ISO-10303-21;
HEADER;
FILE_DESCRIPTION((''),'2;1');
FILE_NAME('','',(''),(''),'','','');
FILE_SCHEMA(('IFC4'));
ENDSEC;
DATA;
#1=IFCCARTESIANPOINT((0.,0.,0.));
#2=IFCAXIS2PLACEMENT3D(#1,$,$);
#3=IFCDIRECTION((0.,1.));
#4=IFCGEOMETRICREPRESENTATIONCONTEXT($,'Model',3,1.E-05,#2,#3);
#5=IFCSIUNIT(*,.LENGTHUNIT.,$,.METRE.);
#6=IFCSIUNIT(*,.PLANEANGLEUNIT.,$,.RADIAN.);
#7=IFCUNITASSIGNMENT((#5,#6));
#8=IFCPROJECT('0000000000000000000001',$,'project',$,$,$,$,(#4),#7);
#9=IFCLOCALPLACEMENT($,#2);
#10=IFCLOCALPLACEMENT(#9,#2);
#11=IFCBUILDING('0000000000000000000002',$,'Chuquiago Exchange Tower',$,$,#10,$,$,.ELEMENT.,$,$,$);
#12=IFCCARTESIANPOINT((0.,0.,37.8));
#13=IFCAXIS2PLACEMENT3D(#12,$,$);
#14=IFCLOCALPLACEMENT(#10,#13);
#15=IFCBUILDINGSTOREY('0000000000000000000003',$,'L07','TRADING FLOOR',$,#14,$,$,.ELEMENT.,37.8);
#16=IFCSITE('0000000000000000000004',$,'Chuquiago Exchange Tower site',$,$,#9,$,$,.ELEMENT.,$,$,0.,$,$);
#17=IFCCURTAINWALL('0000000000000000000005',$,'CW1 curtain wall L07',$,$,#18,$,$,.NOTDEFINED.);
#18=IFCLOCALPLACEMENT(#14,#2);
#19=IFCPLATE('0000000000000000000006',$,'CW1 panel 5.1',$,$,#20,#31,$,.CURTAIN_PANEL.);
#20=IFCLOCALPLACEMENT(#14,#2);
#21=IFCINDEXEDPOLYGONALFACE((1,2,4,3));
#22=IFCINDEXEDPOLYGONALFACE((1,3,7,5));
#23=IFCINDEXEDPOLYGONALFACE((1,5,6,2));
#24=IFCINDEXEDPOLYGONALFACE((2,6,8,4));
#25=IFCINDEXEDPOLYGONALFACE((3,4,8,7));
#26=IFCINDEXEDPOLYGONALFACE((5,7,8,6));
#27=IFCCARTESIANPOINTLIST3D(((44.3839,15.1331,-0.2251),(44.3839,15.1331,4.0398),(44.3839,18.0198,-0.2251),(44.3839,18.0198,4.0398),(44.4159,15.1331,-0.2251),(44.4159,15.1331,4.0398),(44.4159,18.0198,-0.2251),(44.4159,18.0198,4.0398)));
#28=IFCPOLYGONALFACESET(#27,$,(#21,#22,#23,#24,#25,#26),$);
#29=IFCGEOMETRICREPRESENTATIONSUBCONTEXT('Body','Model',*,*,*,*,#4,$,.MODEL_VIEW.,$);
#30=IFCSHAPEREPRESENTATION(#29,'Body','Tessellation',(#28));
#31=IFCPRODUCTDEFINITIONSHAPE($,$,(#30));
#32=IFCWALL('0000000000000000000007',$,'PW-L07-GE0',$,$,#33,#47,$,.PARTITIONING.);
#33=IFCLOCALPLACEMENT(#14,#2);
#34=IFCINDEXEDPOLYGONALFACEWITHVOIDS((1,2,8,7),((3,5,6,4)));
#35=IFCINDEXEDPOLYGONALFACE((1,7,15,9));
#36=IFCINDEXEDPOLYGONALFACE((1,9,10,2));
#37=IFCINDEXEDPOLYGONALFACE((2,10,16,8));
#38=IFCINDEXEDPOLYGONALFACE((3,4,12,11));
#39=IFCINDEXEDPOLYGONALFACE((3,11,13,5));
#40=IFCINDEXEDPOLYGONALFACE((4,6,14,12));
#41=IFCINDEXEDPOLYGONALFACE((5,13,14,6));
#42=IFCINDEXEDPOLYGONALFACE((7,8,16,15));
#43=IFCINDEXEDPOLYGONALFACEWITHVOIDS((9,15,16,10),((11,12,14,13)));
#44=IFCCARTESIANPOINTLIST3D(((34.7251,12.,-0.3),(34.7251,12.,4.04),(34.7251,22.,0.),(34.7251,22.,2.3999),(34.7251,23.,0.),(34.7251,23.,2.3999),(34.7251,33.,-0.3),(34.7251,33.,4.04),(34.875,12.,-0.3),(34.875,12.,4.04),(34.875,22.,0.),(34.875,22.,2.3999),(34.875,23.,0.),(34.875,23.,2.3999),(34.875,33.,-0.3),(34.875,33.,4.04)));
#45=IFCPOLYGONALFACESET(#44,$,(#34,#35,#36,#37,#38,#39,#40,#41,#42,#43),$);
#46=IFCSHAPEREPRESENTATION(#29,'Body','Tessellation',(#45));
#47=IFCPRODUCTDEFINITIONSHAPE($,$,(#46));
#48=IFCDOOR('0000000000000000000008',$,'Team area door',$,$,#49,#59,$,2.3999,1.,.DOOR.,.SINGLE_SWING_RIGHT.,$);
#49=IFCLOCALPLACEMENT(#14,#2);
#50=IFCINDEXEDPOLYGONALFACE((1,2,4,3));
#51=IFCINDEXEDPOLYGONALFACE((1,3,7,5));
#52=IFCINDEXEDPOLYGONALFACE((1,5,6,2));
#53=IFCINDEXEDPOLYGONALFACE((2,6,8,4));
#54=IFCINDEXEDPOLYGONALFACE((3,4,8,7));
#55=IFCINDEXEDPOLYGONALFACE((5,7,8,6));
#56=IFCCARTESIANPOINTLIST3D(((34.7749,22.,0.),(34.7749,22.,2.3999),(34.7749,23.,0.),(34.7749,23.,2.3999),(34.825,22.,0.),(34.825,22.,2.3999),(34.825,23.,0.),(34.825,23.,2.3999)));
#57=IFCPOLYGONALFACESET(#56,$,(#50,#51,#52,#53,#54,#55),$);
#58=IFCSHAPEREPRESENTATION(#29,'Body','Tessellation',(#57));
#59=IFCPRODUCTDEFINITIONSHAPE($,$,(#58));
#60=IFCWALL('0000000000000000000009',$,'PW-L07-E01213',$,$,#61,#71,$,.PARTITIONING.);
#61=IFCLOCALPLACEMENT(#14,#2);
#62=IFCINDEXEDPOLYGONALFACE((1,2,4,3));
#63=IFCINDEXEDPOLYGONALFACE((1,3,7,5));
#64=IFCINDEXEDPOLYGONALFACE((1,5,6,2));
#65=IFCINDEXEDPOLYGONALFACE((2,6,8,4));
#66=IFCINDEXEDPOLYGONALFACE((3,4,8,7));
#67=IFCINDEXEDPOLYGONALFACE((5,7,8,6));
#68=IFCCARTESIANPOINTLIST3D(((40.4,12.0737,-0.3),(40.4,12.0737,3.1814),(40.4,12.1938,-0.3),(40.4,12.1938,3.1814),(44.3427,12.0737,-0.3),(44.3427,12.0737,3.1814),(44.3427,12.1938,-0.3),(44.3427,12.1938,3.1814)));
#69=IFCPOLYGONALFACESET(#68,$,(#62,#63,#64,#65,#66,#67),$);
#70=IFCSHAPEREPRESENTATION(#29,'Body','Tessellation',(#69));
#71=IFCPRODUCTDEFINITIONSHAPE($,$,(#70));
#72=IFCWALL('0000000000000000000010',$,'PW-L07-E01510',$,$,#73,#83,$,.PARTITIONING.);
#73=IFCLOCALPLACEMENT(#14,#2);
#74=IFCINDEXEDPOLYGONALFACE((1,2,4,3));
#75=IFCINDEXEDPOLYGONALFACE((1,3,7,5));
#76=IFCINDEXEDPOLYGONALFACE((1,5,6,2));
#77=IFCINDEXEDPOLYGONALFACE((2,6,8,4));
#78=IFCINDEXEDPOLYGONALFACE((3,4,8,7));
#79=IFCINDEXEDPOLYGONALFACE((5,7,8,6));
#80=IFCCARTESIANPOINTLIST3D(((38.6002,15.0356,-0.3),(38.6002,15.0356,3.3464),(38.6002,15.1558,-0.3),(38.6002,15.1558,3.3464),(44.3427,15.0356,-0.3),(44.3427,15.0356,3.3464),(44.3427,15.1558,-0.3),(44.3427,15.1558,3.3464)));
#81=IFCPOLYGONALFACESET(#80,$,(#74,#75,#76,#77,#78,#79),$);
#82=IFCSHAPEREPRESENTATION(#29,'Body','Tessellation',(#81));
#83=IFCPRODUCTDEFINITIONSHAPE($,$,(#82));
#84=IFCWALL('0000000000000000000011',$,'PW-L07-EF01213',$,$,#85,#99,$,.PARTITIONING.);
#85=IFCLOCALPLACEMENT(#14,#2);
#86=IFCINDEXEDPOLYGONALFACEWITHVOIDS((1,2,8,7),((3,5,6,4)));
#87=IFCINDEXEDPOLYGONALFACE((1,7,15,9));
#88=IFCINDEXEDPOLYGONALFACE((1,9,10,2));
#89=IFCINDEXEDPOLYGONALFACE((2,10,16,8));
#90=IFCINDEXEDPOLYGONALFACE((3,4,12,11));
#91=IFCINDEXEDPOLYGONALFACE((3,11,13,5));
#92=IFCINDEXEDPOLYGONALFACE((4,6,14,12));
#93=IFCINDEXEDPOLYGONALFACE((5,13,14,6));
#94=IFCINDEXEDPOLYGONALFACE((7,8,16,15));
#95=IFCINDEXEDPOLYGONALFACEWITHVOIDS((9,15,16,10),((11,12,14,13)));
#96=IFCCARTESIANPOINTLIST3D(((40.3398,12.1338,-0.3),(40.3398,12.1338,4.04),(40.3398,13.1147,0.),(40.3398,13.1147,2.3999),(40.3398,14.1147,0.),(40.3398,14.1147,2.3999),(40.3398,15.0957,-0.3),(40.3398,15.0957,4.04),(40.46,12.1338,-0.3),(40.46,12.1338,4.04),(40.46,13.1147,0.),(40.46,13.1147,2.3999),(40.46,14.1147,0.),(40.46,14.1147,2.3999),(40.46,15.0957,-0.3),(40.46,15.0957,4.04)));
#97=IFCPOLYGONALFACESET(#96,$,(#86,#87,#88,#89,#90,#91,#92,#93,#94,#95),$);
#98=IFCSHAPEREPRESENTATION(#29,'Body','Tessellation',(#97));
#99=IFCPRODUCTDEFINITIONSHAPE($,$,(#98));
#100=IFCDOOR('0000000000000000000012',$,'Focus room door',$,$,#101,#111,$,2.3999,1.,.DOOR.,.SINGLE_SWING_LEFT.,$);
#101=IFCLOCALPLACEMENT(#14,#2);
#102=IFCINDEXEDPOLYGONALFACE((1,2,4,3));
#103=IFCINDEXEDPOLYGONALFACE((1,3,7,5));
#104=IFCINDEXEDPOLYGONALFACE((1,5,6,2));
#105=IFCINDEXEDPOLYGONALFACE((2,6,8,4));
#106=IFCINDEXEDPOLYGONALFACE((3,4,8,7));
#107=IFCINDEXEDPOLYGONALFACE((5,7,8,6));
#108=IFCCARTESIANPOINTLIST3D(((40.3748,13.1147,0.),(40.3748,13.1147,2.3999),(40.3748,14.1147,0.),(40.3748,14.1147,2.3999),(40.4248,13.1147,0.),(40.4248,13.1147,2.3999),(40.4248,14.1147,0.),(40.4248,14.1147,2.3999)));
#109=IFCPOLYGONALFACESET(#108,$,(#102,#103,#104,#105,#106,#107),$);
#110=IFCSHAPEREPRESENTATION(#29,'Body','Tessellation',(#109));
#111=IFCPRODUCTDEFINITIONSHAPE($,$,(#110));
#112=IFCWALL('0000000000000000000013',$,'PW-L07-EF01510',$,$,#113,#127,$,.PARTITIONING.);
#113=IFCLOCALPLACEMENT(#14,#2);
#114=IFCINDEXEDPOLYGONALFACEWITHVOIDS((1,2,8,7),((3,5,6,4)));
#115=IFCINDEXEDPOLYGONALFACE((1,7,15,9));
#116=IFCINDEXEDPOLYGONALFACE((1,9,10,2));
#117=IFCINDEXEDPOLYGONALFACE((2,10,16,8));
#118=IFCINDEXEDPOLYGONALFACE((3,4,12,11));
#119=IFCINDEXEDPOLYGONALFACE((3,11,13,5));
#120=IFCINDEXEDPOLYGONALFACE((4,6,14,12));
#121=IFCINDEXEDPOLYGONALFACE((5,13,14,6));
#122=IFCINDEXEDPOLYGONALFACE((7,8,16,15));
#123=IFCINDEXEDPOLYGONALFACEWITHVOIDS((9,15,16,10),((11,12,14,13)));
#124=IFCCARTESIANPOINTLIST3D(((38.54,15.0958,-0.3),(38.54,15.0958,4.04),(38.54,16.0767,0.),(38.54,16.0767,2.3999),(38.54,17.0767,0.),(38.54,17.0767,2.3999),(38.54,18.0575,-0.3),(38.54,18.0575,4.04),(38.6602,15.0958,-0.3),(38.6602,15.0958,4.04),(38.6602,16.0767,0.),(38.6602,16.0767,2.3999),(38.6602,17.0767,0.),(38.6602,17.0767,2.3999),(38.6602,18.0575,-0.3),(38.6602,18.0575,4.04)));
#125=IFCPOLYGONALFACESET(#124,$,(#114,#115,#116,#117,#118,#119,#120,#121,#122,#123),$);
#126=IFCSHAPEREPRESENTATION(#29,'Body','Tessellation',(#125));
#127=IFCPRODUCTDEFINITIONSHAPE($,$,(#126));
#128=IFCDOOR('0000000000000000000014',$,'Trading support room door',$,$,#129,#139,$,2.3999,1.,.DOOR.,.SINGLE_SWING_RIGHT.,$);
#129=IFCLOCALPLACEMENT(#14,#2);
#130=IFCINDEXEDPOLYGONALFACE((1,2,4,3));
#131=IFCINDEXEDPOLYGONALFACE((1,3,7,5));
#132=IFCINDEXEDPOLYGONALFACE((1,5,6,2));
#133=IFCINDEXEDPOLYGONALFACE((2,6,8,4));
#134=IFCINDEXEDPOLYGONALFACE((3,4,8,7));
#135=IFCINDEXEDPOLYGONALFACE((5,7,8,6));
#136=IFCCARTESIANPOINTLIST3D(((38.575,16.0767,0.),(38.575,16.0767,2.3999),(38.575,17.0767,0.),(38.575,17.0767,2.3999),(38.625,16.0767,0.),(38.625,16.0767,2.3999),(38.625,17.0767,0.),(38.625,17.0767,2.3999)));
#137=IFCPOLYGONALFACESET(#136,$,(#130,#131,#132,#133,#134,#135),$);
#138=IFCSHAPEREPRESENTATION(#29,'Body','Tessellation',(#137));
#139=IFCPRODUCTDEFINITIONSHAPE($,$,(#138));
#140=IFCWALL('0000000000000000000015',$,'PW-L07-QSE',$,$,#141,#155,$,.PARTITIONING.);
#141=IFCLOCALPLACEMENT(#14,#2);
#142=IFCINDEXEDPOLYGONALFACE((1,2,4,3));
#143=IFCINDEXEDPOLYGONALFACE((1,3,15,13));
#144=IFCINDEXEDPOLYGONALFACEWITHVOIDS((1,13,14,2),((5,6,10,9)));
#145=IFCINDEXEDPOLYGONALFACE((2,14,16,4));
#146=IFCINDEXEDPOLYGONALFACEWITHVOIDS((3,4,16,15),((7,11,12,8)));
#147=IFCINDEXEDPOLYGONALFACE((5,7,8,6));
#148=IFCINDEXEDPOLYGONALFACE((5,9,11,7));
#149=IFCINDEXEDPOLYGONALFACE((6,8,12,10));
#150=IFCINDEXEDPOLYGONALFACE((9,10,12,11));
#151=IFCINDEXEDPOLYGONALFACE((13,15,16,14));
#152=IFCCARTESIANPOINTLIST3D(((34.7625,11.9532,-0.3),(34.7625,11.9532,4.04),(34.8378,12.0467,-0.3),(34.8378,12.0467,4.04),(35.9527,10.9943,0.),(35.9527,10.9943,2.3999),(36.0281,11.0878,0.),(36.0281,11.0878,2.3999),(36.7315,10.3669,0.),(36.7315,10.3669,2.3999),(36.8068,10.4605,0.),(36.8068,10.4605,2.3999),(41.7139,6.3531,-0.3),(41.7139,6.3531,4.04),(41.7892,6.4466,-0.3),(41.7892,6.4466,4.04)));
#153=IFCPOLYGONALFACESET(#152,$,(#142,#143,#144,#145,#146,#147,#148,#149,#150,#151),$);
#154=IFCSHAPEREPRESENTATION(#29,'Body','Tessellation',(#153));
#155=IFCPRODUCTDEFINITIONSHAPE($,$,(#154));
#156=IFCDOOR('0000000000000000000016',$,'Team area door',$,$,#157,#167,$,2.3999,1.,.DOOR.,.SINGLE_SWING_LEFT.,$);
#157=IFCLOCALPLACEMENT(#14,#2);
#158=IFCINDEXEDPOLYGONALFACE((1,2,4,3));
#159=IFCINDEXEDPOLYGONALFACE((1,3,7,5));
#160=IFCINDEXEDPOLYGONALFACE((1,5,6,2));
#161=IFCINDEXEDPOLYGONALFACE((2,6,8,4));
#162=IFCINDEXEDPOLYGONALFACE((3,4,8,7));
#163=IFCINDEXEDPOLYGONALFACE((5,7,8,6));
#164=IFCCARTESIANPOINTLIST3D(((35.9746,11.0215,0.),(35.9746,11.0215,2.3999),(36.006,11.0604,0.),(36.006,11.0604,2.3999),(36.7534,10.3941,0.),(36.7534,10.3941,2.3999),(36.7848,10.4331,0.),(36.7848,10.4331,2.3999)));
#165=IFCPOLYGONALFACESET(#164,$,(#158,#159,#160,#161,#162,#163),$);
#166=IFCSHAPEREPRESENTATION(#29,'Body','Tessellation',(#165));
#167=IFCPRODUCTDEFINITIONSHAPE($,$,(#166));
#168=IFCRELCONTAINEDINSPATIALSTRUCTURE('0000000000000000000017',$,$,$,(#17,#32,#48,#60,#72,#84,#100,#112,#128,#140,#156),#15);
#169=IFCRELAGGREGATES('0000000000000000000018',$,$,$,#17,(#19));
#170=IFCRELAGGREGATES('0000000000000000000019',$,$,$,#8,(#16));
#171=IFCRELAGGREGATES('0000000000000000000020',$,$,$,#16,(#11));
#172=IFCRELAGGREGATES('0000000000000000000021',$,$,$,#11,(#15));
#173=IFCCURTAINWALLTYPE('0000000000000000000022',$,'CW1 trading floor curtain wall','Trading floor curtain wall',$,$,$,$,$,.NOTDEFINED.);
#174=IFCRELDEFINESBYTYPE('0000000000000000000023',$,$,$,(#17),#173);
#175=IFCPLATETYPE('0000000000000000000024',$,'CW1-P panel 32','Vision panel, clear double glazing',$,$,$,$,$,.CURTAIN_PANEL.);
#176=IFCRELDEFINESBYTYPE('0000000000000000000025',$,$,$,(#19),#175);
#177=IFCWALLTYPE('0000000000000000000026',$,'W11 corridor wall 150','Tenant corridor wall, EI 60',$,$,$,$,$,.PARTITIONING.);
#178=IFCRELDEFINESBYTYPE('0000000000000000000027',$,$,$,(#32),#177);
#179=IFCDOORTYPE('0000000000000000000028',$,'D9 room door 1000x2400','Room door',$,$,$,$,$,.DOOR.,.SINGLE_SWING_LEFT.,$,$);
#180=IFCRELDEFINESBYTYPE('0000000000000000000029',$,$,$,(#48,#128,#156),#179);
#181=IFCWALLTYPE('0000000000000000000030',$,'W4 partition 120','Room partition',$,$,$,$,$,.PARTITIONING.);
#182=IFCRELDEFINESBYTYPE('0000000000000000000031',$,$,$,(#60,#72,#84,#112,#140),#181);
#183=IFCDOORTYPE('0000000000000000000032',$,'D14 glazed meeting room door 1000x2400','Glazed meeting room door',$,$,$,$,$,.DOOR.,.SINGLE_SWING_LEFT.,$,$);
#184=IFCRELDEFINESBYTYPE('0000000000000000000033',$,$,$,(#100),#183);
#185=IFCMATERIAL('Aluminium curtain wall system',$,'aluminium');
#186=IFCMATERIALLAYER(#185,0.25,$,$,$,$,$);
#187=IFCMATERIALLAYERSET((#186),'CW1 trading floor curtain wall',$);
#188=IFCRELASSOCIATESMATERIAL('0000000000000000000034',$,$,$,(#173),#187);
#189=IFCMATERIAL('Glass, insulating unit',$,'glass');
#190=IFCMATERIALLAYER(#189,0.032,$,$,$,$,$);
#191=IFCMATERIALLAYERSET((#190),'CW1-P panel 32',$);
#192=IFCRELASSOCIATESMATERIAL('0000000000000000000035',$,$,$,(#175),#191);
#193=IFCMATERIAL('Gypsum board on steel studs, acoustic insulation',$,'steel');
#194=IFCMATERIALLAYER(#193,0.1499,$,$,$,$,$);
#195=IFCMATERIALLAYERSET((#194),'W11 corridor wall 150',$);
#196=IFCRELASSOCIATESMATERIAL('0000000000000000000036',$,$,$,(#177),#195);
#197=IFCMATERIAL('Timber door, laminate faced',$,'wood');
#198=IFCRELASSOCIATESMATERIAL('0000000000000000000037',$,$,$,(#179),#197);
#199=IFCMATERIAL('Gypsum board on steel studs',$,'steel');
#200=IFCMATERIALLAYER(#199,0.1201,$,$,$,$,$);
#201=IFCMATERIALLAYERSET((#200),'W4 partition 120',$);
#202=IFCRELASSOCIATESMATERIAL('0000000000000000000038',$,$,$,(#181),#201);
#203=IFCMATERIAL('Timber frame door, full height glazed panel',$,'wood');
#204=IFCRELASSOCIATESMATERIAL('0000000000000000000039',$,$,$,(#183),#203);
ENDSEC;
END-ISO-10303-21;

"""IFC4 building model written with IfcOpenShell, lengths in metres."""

from ifc_helpers import new_model, si_unit, direction, frame, frame_2d, origin, origin_2d, place, context, subcontext, project, spatial, rectangle, extrude, material, layer, layer_set, type_object, element, fill, aggregate, save


model = new_model("IFC4")

# Units and contexts
model_context = context("Model", 3, precision=1e-05, world=origin(), true_north=direction((0.0, 1.0)))
body_context = subcontext(model_context, "Body", "Model", "MODEL_VIEW")
ifc_project = project(units=[si_unit("LENGTHUNIT", "METRE"), si_unit("PLANEANGLEUNIT", "RADIAN")], contexts=[model_context])

# Site, building, storey
site_placement = place(None, origin())
site = spatial("IfcSite", under=ifc_project, at=site_placement, Name="Chuquiago Exchange Tower site", CompositionType="ELEMENT", RefElevation=0.0)
building_placement = place(site_placement, origin())
building = spatial("IfcBuilding", under=site, at=building_placement, Name="Chuquiago Exchange Tower", CompositionType="ELEMENT")
storey_placement = place(building_placement, frame((0.0, 0.0, 37.8)))
storey = spatial("IfcBuildingStorey", under=building, at=storey_placement, Name="L07", Description="TRADING FLOOR", CompositionType="ELEMENT", Elevation=37.8)

# Curtain wall
ifc_material_1 = material(Name="Aluminium curtain wall system", Category="aluminium")
ifc_layer_1 = layer(ifc_material_1, 0.25)
ifc_layer_set_1 = layer_set([ifc_layer_1], Name="CW1 trading floor curtain wall")
curtain_wall_type = type_object("IfcCurtainWallType", Name="CW1 trading floor curtain wall", Description="Trading floor curtain wall", PredefinedType="NOTDEFINED", material=ifc_layer_set_1)
curtain_wall_placement = place(storey_placement, origin())
curtain_wall = element("IfcCurtainWall", 1, at=curtain_wall_placement, inside=storey, type_object=curtain_wall_type, Name="CW1 curtain wall L07", PredefinedType="NOTDEFINED")

# Plate
ifc_material_2 = material(Name="Glass, insulating unit", Category="glass")
ifc_layer_2 = layer(ifc_material_2, 0.032)
ifc_layer_set_2 = layer_set([ifc_layer_2], Name="CW1-P panel 32")
plate_type = type_object("IfcPlateType", Name="CW1-P panel 32", Description="Vision panel, clear double glazing", PredefinedType="CURTAIN_PANEL", material=ifc_layer_set_2)
plate_1_placement = place(storey_placement, frame((44.3999, 16.5764, -0.2251), z_axis=(0.0, 0.0, 1.0), x_axis=(0.0, 1.0, 0.0)))
plate_1 = element("IfcPlate", 2, at=plate_1_placement, type_object=plate_type, Name="CW1 panel 5.1", PredefinedType="CURTAIN_PANEL", context=body_context, shape_type="SweptSolid", body=[
    extrude(rectangle(XDim=2.8867, YDim=0.032, at=origin_2d()), origin(), (0.0, 0.0, 1.0), 4.2649),
])
aggregate(curtain_wall, [plate_1])

# Wall, opening, door
ifc_material_3 = material(Name="Gypsum board on steel studs, acoustic insulation", Category="steel")
ifc_layer_3 = layer(ifc_material_3, 0.1499)
ifc_layer_set_3 = layer_set([ifc_layer_3], Name="W11 corridor wall 150")
wall_type_1 = type_object("IfcWallType", Name="W11 corridor wall 150", Description="Tenant corridor wall, EI 60", PredefinedType="PARTITIONING", material=ifc_layer_set_3)
wall_1_placement = place(storey_placement, frame((34.8, 12.0, -0.3), z_axis=(0.0, 0.0, 1.0), x_axis=(0.0, 1.0, 0.0)))
wall_1 = element("IfcWall", 3, at=wall_1_placement, inside=storey, type_object=wall_type_1, Name="PW-L07-GE0", PredefinedType="PARTITIONING", context=body_context, shape_type="SweptSolid", body=[
    extrude(rectangle(XDim=21.0, YDim=0.1499, at=frame_2d((10.5, 0.0))), origin(), (0.0, 0.0, 1.0), 4.3401),
])
opening_1_placement = place(wall_1_placement, frame((10.0, 0.0, 0.3)))
opening_1 = element("IfcOpeningElement", 4, at=opening_1_placement, cuts=wall_1, PredefinedType="OPENING", context=body_context, shape_type="SweptSolid", body=[
    extrude(rectangle(XDim=1.0, YDim=2.3999, at=frame_2d((0.5, 1.2))), frame((0.0, 0.085, 0.0), z_axis=(0.0, -1.0, 0.0), x_axis=(1.0, 0.0, 0.0)), (0.0, 0.0, 1.0), 0.1699),
])
ifc_material_4 = material(Name="Timber door, laminate faced", Category="wood")
door_type_1 = type_object("IfcDoorType", Name="D9 room door 1000x2400", Description="Room door", OperationType="SINGLE_SWING_LEFT", PredefinedType="DOOR", material=ifc_material_4)
door_1_placement = place(opening_1_placement, frame((1.0, 0.0, 0.0), z_axis=(0.0, 0.0, 1.0), x_axis=(-1.0, 0.0, 0.0)))
door_1 = element("IfcDoor", 5, at=door_1_placement, inside=storey, type_object=door_type_1, Name="Team area door", OperationType="SINGLE_SWING_RIGHT", OverallHeight=2.3999, OverallWidth=1.0, PredefinedType="DOOR", context=body_context, shape_type="SweptSolid", body=[
    extrude(rectangle(XDim=1.0, YDim=2.3999, at=frame_2d((0.5, 1.2))), frame((0.0, 0.0249, 0.0), z_axis=(0.0, -1.0, 0.0), x_axis=(1.0, 0.0, 0.0)), (0.0, 0.0, 1.0), 0.05),
])
fill(opening_1, door_1)

# Walls
ifc_material_5 = material(Name="Gypsum board on steel studs", Category="steel")
ifc_layer_4 = layer(ifc_material_5, 0.1201)
ifc_layer_set_4 = layer_set([ifc_layer_4], Name="W4 partition 120")
wall_type_2 = type_object("IfcWallType", Name="W4 partition 120", Description="Room partition", PredefinedType="PARTITIONING", material=ifc_layer_set_4)
wall_2_placement = place(storey_placement, frame((44.3425, 12.1338, -0.3), z_axis=(0.0, 0.0, 1.0), x_axis=(-1.0, 0.0, 0.0)))
element("IfcWall", 6, at=wall_2_placement, inside=storey, type_object=wall_type_2, Name="PW-L07-E01213", PredefinedType="PARTITIONING", context=body_context, shape_type="SweptSolid", body=[
    extrude(rectangle(XDim=3.9426, YDim=0.1201, at=frame_2d((1.9712, 0.0))), origin(), (0.0, 0.0, 1.0), 3.4814),
])
wall_3_placement = place(storey_placement, frame((44.3425, 15.0957, -0.3), z_axis=(0.0, 0.0, 1.0), x_axis=(-1.0, 0.0, 0.0)))
element("IfcWall", 7, at=wall_3_placement, inside=storey, type_object=wall_type_2, Name="PW-L07-E01510", PredefinedType="PARTITIONING", context=body_context, shape_type="SweptSolid", body=[
    extrude(rectangle(XDim=5.7424, YDim=0.1201, at=frame_2d((2.8711, 0.0))), origin(), (0.0, 0.0, 1.0), 3.6465),
])

# Walls, openings, doors
wall_4_placement = place(storey_placement, frame((40.3999, 12.1338, -0.3), z_axis=(0.0, 0.0, 1.0), x_axis=(0.0, 1.0, 0.0)))
wall_4 = element("IfcWall", 8, at=wall_4_placement, inside=storey, type_object=wall_type_2, Name="PW-L07-EF01213", PredefinedType="PARTITIONING", context=body_context, shape_type="SweptSolid", body=[
    extrude(rectangle(XDim=2.9619, YDim=0.1201, at=frame_2d((1.481, 0.0))), origin(), (0.0, 0.0, 1.0), 4.3401),
])
opening_2_placement = place(wall_4_placement, frame((0.981, 0.0, 0.3)))
opening_2 = element("IfcOpeningElement", 9, at=opening_2_placement, cuts=wall_4, PredefinedType="OPENING", context=body_context, shape_type="SweptSolid", body=[
    extrude(rectangle(XDim=1.0, YDim=2.3999, at=frame_2d((0.5, 1.2))), frame((0.0, 0.0701, 0.0), z_axis=(0.0, -1.0, 0.0), x_axis=(1.0, 0.0, 0.0)), (0.0, 0.0, 1.0), 0.1401),
])
ifc_material_6 = material(Name="Timber frame door, full height glazed panel", Category="wood")
door_type_2 = type_object("IfcDoorType", Name="D14 glazed meeting room door 1000x2400", Description="Glazed meeting room door", OperationType="SINGLE_SWING_LEFT", PredefinedType="DOOR", material=ifc_material_6)
door_2_placement = place(opening_2_placement, frame((1.0, 0.0, 0.0), z_axis=(0.0, 0.0, 1.0), x_axis=(-1.0, 0.0, 0.0)))
door_2 = element("IfcDoor", 10, at=door_2_placement, inside=storey, type_object=door_type_2, Name="Focus room door", OperationType="SINGLE_SWING_LEFT", OverallHeight=2.3999, OverallWidth=1.0, PredefinedType="DOOR", context=body_context, shape_type="SweptSolid", body=[
    extrude(rectangle(XDim=1.0, YDim=2.3999, at=frame_2d((0.5, 1.2))), frame((0.0, 0.0249, 0.0), z_axis=(0.0, -1.0, 0.0), x_axis=(1.0, 0.0, 0.0)), (0.0, 0.0, 1.0), 0.05),
])
fill(opening_2, door_2)
wall_5_placement = place(storey_placement, frame((38.6001, 15.0957, -0.3), z_axis=(0.0, 0.0, 1.0), x_axis=(0.0, 1.0, 0.0)))
wall_5 = element("IfcWall", 11, at=wall_5_placement, inside=storey, type_object=wall_type_2, Name="PW-L07-EF01510", PredefinedType="PARTITIONING", context=body_context, shape_type="SweptSolid", body=[
    extrude(rectangle(XDim=2.9617, YDim=0.1201, at=frame_2d((1.481, 0.0))), origin(), (0.0, 0.0, 1.0), 4.3401),
])
opening_3_placement = place(wall_5_placement, frame((0.981, 0.0, 0.3)))
opening_3 = element("IfcOpeningElement", 12, at=opening_3_placement, cuts=wall_5, PredefinedType="OPENING", context=body_context, shape_type="SweptSolid", body=[
    extrude(rectangle(XDim=1.0, YDim=2.3999, at=frame_2d((0.5, 1.2))), frame((0.0, 0.0701, 0.0), z_axis=(0.0, -1.0, 0.0), x_axis=(1.0, 0.0, 0.0)), (0.0, 0.0, 1.0), 0.1401),
])
door_3_placement = place(opening_3_placement, frame((1.0, 0.0, 0.0), z_axis=(0.0, 0.0, 1.0), x_axis=(-1.0, 0.0, 0.0)))
door_3 = element("IfcDoor", 13, at=door_3_placement, inside=storey, type_object=door_type_1, Name="Trading support room door", OperationType="SINGLE_SWING_RIGHT", OverallHeight=2.3999, OverallWidth=1.0, PredefinedType="DOOR", context=body_context, shape_type="SweptSolid", body=[
    extrude(rectangle(XDim=1.0, YDim=2.3999, at=frame_2d((0.5, 1.2))), frame((0.0, 0.0249, 0.0), z_axis=(0.0, -1.0, 0.0), x_axis=(1.0, 0.0, 0.0)), (0.0, 0.0, 1.0), 0.05),
])
fill(opening_3, door_3)
wall_6_placement = place(storey_placement, frame((34.8, 12.0, -0.3), z_axis=(0.0, 0.0, 1.0), x_axis=(0.778735, -0.627353, 0.0)))
wall_6 = element("IfcWall", 14, at=wall_6_placement, inside=storey, type_object=wall_type_2, Name="PW-L07-QSE", PredefinedType="PARTITIONING", context=body_context, shape_type="SweptSolid", body=[
    extrude(rectangle(XDim=8.9265, YDim=0.1201, at=frame_2d((4.4634, 0.0))), origin(), (0.0, 0.0, 1.0), 4.3401),
])
opening_4_placement = place(wall_6_placement, frame((1.5286, 0.0, 0.3)))
opening_4 = element("IfcOpeningElement", 15, at=opening_4_placement, cuts=wall_6, PredefinedType="OPENING", context=body_context, shape_type="SweptSolid", body=[
    extrude(rectangle(XDim=1.0, YDim=2.3999, at=frame_2d((0.5, 1.2))), frame((0.0, 0.0701, 0.0), z_axis=(0.0, -1.0, 0.0), x_axis=(1.0, 0.0, 0.0)), (0.0, 0.0, 1.0), 0.1401),
])
door_4_placement = place(opening_4_placement, origin())
door_4 = element("IfcDoor", 16, at=door_4_placement, inside=storey, type_object=door_type_1, Name="Team area door", OperationType="SINGLE_SWING_LEFT", OverallHeight=2.3999, OverallWidth=1.0, PredefinedType="DOOR", context=body_context, shape_type="SweptSolid", body=[
    extrude(rectangle(XDim=1.0, YDim=2.3999, at=frame_2d((0.5, 1.2))), frame((0.0, 0.0249, 0.0), z_axis=(0.0, -1.0, 0.0), x_axis=(1.0, 0.0, 0.0)), (0.0, 0.0, 1.0), 0.05),
])
fill(opening_4, door_4)

save(model, "model.ifc")
